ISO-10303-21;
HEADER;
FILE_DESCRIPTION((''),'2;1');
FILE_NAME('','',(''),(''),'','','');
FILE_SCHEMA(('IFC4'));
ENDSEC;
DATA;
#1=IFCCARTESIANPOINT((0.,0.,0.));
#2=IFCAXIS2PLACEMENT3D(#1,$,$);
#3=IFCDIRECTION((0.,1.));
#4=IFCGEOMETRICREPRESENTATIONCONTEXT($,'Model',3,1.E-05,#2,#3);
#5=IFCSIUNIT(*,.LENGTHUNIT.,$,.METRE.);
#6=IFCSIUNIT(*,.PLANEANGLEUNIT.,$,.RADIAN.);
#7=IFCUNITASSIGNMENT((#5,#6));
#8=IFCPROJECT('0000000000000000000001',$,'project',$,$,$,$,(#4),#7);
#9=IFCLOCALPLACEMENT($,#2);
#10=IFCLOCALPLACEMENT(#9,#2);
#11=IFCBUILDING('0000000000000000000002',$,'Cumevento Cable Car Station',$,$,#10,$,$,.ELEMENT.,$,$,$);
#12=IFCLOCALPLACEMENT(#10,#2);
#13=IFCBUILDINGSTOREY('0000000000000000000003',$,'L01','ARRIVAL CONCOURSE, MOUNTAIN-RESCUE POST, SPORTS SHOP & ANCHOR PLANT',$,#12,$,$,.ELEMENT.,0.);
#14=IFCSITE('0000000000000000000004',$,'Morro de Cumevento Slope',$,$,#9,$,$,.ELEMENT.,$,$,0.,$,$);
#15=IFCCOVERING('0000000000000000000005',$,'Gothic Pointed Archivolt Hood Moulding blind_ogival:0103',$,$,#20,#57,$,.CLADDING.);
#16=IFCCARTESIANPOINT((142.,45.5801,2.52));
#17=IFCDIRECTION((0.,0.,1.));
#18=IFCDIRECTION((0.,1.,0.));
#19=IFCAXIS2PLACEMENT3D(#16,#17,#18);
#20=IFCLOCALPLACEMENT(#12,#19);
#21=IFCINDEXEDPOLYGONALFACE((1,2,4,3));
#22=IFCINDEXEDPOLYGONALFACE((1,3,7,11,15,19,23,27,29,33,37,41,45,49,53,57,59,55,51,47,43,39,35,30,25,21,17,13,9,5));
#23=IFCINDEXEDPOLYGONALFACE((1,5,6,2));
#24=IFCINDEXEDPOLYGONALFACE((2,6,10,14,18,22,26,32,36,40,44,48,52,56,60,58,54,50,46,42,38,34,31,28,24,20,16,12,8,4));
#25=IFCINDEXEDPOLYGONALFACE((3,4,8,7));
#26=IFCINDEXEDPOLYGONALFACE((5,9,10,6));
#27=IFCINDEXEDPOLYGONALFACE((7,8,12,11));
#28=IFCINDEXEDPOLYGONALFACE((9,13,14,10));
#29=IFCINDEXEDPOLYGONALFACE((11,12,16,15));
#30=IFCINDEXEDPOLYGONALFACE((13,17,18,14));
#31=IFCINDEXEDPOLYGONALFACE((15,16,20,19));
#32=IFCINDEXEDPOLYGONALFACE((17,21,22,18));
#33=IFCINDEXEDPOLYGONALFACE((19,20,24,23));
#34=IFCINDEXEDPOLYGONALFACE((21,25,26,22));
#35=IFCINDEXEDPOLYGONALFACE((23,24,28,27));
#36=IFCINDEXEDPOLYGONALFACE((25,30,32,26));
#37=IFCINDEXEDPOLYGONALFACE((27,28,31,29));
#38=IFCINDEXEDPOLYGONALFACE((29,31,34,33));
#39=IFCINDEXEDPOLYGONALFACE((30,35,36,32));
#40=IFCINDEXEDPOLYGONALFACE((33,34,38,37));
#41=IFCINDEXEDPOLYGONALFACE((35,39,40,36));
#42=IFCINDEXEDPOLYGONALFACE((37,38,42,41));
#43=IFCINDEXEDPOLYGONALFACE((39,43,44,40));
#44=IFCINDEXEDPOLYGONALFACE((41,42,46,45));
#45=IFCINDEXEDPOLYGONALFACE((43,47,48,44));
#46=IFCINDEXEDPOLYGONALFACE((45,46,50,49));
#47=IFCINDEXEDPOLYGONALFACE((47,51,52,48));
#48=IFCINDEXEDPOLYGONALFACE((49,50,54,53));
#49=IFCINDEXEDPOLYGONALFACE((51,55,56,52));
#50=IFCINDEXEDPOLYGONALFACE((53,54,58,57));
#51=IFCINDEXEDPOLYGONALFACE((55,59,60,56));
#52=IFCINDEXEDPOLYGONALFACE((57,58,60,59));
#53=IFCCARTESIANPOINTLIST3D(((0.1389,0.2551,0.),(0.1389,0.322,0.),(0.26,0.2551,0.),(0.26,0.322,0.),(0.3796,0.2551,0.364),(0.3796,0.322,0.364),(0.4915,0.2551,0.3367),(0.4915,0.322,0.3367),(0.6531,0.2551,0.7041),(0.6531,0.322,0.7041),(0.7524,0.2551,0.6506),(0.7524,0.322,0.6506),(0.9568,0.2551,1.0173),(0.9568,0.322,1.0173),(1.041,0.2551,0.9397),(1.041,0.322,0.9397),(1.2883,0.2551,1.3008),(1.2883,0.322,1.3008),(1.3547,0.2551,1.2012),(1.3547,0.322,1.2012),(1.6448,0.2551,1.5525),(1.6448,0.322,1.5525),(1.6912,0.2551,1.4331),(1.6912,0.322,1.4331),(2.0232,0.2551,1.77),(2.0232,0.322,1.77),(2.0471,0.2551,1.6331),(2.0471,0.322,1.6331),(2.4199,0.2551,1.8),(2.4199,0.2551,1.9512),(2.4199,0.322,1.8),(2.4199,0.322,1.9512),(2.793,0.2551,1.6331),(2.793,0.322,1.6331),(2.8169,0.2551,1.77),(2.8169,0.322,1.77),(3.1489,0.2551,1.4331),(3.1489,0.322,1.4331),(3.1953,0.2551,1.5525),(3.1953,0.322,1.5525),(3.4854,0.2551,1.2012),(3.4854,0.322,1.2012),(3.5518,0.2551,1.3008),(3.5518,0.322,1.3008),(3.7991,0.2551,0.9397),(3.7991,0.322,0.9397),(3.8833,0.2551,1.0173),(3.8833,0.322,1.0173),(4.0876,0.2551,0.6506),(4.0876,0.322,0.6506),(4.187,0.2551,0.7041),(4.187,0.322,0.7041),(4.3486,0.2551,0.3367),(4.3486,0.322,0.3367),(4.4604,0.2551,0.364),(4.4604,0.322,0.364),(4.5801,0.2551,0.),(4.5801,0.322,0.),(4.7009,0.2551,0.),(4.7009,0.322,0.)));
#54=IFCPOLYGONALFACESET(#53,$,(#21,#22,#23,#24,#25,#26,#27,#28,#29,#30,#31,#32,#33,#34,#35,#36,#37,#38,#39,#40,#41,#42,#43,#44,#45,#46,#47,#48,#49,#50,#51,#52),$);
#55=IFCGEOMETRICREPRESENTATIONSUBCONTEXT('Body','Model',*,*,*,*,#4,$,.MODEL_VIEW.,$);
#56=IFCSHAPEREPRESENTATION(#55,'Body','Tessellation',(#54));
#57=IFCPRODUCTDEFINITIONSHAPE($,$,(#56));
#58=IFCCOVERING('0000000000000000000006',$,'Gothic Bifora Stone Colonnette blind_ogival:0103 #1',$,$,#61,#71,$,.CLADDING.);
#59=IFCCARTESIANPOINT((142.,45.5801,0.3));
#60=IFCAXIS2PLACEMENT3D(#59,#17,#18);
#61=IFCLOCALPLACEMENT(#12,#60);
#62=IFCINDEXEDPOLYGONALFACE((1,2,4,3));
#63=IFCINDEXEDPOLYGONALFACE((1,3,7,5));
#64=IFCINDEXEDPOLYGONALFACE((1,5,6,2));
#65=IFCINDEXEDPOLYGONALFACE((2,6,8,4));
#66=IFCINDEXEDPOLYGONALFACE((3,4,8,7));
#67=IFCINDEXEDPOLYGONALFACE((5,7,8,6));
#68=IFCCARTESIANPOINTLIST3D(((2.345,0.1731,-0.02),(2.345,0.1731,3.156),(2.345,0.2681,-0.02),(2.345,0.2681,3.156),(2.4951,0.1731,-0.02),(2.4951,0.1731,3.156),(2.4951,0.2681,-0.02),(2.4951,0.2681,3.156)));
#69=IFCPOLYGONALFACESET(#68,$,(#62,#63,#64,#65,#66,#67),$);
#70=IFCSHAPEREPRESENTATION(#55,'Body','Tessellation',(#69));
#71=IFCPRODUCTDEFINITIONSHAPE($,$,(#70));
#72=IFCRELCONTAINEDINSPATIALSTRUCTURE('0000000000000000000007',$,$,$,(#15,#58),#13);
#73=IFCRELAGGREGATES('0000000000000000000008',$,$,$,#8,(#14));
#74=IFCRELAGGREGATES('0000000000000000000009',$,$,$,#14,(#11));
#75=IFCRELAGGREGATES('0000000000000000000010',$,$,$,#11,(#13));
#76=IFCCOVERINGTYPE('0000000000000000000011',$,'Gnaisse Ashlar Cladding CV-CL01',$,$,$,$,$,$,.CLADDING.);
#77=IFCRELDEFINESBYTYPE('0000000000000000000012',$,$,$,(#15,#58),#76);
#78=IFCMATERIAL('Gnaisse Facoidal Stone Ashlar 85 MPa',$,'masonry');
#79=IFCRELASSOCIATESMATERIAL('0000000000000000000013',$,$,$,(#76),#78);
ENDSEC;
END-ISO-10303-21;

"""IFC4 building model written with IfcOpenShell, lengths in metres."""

from ifc_helpers import new_model, si_unit, direction, frame, origin, place, context, subcontext, project, spatial, polyline, outline, extrude, material, type_object, element, save


model = new_model("IFC4")

# Units and contexts
model_context = context("Model", 3, precision=1e-05, world=origin(), true_north=direction((0.0, 1.0)))
body_context = subcontext(model_context, "Body", "Model", "MODEL_VIEW")
ifc_project = project(units=[si_unit("LENGTHUNIT", "METRE"), si_unit("PLANEANGLEUNIT", "RADIAN")], contexts=[model_context])

# Site, building, storey
site_placement = place(None, origin())
site = spatial("IfcSite", under=ifc_project, at=site_placement, Name="Morro de Cumevento Slope", CompositionType="ELEMENT", RefElevation=0.0)
building_placement = place(site_placement, origin())
building = spatial("IfcBuilding", under=site, at=building_placement, Name="Cumevento Cable Car Station", CompositionType="ELEMENT")
storey_placement = place(building_placement, origin())
storey = spatial("IfcBuildingStorey", under=building, at=storey_placement, Name="L01", Description="ARRIVAL CONCOURSE, MOUNTAIN-RESCUE POST, SPORTS SHOP & ANCHOR PLANT", CompositionType="ELEMENT", Elevation=0.0)

# Coverings
ifc_material_1 = material(Name="Gnaisse Facoidal Stone Ashlar 85 MPa", Category="masonry")
covering_type = type_object("IfcCoveringType", Name="Gnaisse Ashlar Cladding CV-CL01", PredefinedType="CLADDING", material=ifc_material_1)
placement_1 = place(storey_placement, frame((142.0, 45.5801, 0.3), z_axis=(0.0, 0.0, 1.0), x_axis=(0.0, 1.0, 0.0)))
covering_1_placement = place(storey_placement, frame((142.0, 45.5801, 2.52), z_axis=(0.0, 0.0, 1.0), x_axis=(0.0, 1.0, 0.0)))
element("IfcCovering", 1, at=covering_1_placement, inside=storey, type_object=covering_type, Name="Gothic Pointed Archivolt Hood Moulding blind_ogival:0103", PredefinedType="CLADDING", context=body_context, shape_type="SweptSolid", body=[
    extrude(outline(polyline([(0.26, 0.0), (0.4915, 0.3367), (0.7524, 0.6506), (1.041, 0.9397), (1.3547, 1.2012), (1.6912, 1.4331), (2.0471, 1.6331), (2.4199, 1.8), (2.793, 1.6331), (3.1489, 1.4331), (3.4854, 1.2012), (3.7991, 0.9397), (4.0876, 0.6506), (4.3486, 0.3367), (4.5801, 0.0), (4.7009, 0.0), (4.4604, 0.364), (4.187, 0.7041), (3.8833, 1.0173), (3.5518, 1.3008), (3.1953, 1.5525), (2.8169, 1.77), (2.4199, 1.9512), (2.0232, 1.77), (1.6448, 1.5525), (1.2883, 1.3008), (0.9568, 1.0173), (0.6531, 0.7041), (0.3796, 0.364), (0.1389, 0.0), (0.26, 0.0)])), frame((0.0, 0.322, 0.0), z_axis=(0.0, -1.0, 0.0), x_axis=(1.0, 0.0, 0.0)), (0.0, 0.0, 1.0), 0.0669),
])
element("IfcCovering", 2, at=placement_1, inside=storey, type_object=covering_type, Name="Gothic Bifora Stone Colonnette blind_ogival:0103 #1", PredefinedType="CLADDING", context=body_context, shape_type="SweptSolid", body=[
    extrude(outline(polyline([(2.345, -0.02), (2.4951, -0.02), (2.4951, 3.156), (2.345, 3.156), (2.345, -0.02)])), frame((0.0, 0.2681, 0.0), z_axis=(0.0, -1.0, 0.0), x_axis=(1.0, 0.0, 0.0)), (0.0, 0.0, 1.0), 0.095),
])

save(model, "model.ifc")
